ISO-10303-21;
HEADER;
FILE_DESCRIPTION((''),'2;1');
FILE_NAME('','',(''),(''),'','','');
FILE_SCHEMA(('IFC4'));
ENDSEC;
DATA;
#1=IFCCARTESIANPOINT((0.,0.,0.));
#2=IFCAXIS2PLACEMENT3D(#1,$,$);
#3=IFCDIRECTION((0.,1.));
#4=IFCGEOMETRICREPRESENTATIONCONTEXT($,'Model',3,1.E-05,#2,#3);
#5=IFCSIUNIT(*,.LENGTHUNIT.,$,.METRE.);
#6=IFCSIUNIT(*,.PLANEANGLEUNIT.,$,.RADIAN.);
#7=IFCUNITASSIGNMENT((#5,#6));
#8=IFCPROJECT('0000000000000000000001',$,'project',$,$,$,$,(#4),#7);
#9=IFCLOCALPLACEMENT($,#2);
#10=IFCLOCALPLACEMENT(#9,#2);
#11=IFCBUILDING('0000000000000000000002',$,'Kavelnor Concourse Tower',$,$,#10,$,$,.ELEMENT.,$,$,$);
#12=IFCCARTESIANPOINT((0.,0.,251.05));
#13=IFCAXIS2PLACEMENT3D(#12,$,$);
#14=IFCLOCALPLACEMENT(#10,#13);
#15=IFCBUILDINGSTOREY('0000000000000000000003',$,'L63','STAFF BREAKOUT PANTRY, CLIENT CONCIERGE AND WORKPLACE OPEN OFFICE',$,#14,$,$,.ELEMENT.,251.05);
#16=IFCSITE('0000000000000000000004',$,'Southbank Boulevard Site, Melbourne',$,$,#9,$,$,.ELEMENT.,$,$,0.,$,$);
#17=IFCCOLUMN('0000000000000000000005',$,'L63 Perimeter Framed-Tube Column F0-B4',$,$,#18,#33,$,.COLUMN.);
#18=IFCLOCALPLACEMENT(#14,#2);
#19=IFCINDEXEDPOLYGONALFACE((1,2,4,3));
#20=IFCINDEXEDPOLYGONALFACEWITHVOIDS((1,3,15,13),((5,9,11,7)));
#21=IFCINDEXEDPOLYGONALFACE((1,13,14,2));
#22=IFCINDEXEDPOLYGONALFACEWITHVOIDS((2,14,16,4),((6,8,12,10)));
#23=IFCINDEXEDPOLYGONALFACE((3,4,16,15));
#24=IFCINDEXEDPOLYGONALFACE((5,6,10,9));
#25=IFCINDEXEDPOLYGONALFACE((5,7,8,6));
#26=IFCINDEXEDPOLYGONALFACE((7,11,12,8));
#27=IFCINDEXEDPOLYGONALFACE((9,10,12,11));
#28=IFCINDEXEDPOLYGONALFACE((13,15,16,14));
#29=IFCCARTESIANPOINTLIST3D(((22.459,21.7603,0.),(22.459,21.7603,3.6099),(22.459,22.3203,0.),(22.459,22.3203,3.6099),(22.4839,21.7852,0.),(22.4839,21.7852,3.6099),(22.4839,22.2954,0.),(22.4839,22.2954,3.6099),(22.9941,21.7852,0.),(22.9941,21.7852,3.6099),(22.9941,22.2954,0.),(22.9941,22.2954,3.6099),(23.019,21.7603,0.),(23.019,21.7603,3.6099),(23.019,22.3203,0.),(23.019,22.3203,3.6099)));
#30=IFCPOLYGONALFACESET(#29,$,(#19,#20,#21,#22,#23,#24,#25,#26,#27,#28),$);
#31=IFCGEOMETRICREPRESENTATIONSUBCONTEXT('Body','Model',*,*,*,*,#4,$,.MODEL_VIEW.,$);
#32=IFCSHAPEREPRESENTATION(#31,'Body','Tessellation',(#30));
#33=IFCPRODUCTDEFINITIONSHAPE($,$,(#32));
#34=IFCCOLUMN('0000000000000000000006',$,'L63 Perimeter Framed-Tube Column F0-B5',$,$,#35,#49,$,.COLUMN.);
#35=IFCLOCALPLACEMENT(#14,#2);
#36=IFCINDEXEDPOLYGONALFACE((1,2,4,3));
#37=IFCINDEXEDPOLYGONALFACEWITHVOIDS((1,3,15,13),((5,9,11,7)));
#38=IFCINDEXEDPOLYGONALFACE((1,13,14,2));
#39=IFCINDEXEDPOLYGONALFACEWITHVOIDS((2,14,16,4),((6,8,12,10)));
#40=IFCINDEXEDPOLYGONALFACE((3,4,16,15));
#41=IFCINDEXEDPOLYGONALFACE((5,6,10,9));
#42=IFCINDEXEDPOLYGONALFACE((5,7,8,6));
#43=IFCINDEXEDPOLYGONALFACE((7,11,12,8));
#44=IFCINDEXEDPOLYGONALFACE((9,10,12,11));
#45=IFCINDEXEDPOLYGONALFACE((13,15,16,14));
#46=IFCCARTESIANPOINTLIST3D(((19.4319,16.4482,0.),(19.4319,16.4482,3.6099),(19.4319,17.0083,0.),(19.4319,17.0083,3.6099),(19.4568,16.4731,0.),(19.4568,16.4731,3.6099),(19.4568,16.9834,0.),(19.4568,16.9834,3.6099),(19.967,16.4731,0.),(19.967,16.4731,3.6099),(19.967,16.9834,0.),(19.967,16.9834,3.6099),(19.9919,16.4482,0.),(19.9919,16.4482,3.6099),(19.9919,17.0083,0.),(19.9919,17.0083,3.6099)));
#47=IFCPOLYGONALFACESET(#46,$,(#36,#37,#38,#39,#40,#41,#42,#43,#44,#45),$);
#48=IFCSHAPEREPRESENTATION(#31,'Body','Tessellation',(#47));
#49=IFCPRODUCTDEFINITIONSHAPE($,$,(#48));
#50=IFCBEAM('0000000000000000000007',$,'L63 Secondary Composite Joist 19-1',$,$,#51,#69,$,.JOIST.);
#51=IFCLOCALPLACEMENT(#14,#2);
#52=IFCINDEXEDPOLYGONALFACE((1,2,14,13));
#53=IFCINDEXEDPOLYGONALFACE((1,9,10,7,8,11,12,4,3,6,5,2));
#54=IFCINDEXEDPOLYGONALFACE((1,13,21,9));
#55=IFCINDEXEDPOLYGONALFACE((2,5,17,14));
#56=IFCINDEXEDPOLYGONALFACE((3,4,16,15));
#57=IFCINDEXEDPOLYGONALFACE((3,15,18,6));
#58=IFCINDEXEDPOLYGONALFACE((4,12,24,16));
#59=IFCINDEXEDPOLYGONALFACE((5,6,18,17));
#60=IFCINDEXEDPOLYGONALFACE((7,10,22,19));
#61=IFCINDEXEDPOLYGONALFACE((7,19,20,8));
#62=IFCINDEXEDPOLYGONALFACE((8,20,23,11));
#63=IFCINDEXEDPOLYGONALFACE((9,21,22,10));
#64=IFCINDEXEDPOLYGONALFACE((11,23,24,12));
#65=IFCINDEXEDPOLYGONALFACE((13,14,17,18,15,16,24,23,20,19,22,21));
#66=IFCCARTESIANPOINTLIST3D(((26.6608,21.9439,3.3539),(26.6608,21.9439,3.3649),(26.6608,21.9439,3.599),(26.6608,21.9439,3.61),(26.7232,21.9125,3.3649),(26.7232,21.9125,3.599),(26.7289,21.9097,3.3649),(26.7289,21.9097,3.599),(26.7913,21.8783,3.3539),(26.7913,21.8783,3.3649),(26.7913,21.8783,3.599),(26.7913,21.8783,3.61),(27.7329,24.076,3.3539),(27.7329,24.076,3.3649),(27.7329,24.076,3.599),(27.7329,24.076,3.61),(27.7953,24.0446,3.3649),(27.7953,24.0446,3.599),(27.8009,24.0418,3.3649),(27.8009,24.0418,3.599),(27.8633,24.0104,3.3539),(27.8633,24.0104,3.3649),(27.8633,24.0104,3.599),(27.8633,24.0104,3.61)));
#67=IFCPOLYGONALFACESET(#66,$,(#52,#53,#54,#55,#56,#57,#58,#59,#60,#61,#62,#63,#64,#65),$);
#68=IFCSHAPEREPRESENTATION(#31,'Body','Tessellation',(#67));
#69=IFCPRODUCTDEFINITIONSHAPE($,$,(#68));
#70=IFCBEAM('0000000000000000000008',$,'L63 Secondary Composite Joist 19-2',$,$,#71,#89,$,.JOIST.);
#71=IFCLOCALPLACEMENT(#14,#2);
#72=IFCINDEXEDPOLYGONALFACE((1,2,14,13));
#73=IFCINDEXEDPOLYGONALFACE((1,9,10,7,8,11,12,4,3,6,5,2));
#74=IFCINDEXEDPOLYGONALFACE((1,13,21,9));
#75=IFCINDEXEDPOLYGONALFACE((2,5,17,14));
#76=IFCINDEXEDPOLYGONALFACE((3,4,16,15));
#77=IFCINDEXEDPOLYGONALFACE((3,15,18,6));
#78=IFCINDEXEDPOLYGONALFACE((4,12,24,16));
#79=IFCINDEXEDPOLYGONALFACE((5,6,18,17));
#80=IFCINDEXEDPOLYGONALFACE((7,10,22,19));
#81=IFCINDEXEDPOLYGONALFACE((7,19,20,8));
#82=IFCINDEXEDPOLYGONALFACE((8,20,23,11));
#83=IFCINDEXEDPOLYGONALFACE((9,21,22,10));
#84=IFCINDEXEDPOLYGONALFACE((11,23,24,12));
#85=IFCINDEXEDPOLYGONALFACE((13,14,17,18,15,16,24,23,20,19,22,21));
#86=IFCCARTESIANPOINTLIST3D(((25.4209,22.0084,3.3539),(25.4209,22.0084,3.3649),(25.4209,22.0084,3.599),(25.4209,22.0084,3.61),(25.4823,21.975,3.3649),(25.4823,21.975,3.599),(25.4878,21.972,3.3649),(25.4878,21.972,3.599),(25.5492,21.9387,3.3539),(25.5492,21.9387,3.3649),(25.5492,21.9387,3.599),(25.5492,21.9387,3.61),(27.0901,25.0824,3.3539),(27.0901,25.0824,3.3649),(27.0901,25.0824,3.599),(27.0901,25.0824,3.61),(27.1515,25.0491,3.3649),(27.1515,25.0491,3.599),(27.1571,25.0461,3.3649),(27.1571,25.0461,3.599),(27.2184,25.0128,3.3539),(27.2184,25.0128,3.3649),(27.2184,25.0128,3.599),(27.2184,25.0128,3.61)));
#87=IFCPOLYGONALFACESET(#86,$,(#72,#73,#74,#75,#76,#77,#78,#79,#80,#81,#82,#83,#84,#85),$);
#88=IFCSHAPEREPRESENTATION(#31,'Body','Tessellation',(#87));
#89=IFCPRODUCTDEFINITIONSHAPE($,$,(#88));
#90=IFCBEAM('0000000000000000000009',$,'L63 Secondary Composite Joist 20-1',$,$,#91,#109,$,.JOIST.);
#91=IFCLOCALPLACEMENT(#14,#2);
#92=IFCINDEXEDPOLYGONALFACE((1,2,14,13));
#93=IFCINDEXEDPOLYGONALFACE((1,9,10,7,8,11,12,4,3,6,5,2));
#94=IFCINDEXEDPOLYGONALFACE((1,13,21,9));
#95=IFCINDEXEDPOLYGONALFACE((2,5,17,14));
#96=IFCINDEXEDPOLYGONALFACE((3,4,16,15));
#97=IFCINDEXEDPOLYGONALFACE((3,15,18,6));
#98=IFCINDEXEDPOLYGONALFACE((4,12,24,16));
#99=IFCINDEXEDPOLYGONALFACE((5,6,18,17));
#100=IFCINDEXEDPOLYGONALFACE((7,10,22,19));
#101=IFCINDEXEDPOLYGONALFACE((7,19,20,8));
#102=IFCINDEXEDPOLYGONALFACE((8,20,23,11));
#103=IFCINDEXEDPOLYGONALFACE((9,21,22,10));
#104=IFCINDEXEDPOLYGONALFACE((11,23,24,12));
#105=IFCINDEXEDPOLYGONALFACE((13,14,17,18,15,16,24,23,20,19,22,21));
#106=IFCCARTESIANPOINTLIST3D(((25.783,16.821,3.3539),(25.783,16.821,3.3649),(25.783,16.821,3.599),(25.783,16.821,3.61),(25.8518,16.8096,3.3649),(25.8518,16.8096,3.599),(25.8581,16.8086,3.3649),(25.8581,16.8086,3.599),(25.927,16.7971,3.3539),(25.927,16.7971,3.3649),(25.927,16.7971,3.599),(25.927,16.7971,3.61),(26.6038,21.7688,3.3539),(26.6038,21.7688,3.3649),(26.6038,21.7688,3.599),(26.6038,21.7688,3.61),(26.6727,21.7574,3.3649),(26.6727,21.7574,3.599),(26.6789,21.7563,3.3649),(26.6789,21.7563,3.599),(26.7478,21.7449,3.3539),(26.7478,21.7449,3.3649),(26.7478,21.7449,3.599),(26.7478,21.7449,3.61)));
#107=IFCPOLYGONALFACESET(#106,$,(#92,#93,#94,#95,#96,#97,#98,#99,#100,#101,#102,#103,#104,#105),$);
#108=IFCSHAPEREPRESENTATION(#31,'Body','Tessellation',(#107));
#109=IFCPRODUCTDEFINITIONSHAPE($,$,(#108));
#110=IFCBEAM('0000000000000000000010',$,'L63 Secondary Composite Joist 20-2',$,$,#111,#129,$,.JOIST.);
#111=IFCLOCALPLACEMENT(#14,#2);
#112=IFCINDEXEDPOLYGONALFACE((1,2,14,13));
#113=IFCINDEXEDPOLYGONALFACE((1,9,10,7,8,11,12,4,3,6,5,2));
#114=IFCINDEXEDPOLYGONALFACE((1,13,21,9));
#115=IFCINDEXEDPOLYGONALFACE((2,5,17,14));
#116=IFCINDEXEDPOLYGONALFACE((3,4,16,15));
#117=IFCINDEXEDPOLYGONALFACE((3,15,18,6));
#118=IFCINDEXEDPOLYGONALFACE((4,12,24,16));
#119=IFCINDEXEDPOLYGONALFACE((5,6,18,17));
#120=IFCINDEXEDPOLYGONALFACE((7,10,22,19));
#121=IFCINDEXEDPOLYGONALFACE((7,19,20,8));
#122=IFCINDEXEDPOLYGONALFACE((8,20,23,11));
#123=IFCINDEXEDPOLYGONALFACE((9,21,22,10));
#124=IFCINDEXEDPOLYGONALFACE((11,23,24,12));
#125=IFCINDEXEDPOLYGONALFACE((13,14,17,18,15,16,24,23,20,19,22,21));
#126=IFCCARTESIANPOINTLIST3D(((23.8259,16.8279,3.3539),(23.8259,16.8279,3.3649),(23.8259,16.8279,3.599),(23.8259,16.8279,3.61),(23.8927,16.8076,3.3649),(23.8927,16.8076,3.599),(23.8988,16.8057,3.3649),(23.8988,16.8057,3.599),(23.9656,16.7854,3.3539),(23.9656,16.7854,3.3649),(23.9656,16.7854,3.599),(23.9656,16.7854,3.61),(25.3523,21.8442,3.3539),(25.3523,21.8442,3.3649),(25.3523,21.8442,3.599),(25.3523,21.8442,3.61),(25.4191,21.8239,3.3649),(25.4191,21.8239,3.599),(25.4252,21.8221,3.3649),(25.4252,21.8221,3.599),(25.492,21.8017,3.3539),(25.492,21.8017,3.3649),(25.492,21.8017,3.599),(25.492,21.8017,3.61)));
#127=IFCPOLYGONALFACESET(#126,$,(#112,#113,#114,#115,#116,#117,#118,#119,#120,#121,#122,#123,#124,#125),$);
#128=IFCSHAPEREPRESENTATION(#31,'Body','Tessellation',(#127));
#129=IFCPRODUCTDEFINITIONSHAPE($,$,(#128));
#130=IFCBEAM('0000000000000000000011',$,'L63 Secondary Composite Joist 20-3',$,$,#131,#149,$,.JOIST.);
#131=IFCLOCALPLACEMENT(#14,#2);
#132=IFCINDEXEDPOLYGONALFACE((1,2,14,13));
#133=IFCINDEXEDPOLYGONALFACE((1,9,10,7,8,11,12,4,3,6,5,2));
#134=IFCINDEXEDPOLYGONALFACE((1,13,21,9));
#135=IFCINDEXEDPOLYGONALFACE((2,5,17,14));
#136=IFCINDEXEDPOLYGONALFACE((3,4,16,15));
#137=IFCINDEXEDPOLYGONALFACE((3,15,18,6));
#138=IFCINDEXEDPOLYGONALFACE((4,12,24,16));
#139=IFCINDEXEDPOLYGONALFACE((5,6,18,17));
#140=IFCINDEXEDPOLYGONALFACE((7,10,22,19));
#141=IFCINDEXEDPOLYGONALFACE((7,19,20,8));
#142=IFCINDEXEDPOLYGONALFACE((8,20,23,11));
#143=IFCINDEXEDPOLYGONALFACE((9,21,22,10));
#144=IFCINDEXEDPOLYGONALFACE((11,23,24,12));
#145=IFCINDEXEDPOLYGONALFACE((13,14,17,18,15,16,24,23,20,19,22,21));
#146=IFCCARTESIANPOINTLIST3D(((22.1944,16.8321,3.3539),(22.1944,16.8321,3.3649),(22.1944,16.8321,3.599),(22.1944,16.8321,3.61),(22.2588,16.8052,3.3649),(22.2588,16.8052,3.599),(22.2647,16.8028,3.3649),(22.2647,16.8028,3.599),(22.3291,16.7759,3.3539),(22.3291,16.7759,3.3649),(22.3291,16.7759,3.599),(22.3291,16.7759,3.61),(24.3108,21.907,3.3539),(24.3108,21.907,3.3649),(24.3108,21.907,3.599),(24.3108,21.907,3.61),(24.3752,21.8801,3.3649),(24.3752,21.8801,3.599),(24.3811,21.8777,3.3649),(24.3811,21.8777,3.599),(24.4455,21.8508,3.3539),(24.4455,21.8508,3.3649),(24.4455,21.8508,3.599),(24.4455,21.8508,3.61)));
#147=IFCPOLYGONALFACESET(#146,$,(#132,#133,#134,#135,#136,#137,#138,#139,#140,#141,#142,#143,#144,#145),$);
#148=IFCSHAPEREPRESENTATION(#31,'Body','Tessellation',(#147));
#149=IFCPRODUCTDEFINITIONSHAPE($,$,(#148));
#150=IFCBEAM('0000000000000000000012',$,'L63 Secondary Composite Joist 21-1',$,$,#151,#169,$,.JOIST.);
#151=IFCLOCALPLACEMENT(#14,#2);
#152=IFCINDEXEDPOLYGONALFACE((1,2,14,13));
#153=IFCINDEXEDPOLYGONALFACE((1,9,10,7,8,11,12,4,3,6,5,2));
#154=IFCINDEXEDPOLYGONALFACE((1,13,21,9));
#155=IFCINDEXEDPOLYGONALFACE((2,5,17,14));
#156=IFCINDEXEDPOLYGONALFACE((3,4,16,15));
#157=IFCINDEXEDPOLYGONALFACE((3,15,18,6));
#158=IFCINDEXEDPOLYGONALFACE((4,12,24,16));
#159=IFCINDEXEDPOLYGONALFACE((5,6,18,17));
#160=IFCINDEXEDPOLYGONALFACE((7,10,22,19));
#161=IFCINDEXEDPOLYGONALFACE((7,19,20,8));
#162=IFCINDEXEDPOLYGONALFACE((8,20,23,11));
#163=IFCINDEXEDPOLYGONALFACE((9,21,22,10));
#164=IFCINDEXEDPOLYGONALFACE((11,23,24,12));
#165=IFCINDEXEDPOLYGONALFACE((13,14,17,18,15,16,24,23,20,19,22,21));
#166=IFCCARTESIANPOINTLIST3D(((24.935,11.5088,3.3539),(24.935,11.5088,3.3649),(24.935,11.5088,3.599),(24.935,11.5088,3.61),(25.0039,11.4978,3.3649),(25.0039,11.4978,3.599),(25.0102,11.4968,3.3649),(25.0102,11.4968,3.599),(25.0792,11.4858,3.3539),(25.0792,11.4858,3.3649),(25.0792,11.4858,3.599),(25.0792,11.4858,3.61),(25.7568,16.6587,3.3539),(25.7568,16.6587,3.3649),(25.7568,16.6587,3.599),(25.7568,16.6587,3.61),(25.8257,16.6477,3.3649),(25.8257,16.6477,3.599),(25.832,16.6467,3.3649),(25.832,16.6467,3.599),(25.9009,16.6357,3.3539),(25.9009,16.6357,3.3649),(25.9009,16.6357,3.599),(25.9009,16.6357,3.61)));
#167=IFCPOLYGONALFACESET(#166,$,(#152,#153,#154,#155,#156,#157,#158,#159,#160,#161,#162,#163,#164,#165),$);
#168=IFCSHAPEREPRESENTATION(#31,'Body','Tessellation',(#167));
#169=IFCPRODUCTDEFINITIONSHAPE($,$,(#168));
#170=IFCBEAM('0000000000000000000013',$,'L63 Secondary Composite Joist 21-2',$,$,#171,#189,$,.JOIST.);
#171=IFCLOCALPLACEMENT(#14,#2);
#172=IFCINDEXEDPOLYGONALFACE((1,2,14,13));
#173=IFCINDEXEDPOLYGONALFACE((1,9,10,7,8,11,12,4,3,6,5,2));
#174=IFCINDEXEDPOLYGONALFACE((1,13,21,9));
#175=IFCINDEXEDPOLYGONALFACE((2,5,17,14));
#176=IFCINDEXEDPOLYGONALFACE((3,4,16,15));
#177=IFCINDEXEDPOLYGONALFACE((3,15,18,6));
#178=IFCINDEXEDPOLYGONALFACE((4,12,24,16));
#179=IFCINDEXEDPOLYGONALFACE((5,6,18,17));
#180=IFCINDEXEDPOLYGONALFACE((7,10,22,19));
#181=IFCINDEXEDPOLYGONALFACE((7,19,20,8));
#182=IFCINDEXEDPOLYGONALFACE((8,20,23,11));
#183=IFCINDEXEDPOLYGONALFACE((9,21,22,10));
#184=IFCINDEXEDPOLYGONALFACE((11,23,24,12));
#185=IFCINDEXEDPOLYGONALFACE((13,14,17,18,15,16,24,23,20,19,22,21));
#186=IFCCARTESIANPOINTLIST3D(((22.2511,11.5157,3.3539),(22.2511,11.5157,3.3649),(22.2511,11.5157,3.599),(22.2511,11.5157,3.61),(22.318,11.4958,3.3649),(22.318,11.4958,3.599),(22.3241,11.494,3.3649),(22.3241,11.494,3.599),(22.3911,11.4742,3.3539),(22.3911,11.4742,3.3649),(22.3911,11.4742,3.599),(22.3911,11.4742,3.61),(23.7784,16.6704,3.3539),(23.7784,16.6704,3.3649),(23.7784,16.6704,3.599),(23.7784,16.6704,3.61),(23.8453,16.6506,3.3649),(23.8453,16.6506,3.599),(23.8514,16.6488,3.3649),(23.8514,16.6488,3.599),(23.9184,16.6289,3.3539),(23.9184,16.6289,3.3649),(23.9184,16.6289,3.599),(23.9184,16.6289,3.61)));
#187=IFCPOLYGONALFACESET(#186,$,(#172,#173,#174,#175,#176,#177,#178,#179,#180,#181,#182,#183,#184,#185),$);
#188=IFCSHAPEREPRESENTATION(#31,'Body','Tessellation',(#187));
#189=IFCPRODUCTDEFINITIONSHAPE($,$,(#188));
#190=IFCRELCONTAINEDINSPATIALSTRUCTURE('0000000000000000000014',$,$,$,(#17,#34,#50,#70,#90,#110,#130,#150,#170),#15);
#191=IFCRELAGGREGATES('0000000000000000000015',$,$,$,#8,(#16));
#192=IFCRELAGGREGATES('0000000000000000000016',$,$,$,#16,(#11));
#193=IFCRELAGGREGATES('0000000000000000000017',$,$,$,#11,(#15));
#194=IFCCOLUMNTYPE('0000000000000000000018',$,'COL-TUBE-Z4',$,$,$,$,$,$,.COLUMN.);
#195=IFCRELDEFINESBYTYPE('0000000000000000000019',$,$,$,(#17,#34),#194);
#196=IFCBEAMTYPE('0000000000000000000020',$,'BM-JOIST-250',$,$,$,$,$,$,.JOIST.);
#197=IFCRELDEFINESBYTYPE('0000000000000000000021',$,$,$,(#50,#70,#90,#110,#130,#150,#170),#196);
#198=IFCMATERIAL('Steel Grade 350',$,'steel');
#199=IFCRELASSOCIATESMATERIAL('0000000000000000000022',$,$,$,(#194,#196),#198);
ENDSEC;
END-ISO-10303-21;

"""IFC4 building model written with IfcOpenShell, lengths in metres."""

from ifc_helpers import new_model, si_unit, direction, frame, origin, origin_2d, place, context, subcontext, project, spatial, hollow_rectangle, i_section, extrude, material, material_profile, profile_set, type_object, element, save


model = new_model("IFC4")

# Units and contexts
model_context = context("Model", 3, precision=1e-05, world=origin(), true_north=direction((0.0, 1.0)))
body_context = subcontext(model_context, "Body", "Model", "MODEL_VIEW")
ifc_project = project(units=[si_unit("LENGTHUNIT", "METRE"), si_unit("PLANEANGLEUNIT", "RADIAN")], contexts=[model_context])

# Site, building, storey
site_placement = place(None, origin())
site = spatial("IfcSite", under=ifc_project, at=site_placement, Name="Southbank Boulevard Site, Melbourne", CompositionType="ELEMENT", RefElevation=0.0)
building_placement = place(site_placement, origin())
building = spatial("IfcBuilding", under=site, at=building_placement, Name="Kavelnor Concourse Tower", CompositionType="ELEMENT")
storey_placement = place(building_placement, frame((0.0, 0.0, 251.05)))
storey = spatial("IfcBuildingStorey", under=building, at=storey_placement, Name="L63", Description="STAFF BREAKOUT PANTRY, CLIENT CONCIERGE AND WORKPLACE OPEN OFFICE", CompositionType="ELEMENT", Elevation=251.05)

# Columns
ifc_material_1 = material(Name="Steel Grade 350", Category="steel")
ifc_material_profile_1 = material_profile(ifc_material_1, hollow_rectangle(XDim=0.5601, YDim=0.5601, WallThickness=0.0249, at=origin_2d()), Name="SHS 560x560x25")
ifc_profile_set_1 = profile_set([ifc_material_profile_1], Name="Steel Grade 350")
column_type = type_object("IfcColumnType", Name="COL-TUBE-Z4", PredefinedType="COLUMN", material=ifc_profile_set_1)
for number, where, z_axis, x_axis, name in (
    (1, (22.739, 22.0403, 0.0), (0.0, 0.0, 1.0), (1.0, 0.0, 0.0), "L63 Perimeter Framed-Tube Column F0-B4"),
    (2, (19.7119, 16.7283, 0.0), (0.0, 0.0, 1.0), (1.0, 0.0, 0.0), "L63 Perimeter Framed-Tube Column F0-B5"),
):
    element("IfcColumn", number, at=place(storey_placement, frame(where, z_axis=z_axis, x_axis=x_axis)), inside=storey, type_object=column_type, Name=name, PredefinedType="COLUMN", context=body_context, shape_type="SweptSolid", body=[
        extrude(hollow_rectangle(XDim=0.5601, YDim=0.5601, WallThickness=0.0249, at=origin_2d()), origin(), (0.0, 0.0, 1.0), 3.6099),
    ])

# Beams
ifc_material_profile_2 = material_profile(ifc_material_1, i_section(OverallWidth=0.146, OverallDepth=0.2561, WebThickness=0.0063, FlangeThickness=0.011, at=origin_2d()), Name="250UB37")
ifc_profile_set_2 = profile_set([ifc_material_profile_2], Name="Steel Grade 350")
beam_type_1 = type_object("IfcBeamType", Name="BM-JOIST-250", PredefinedType="JOIST", material=ifc_profile_set_2)
beam_1_placement = place(storey_placement, frame((27.7981, 24.0432, 3.4819), z_axis=(-0.449218, -0.893422, 0.0), x_axis=(0.893422, -0.449218, 0.0)))
element("IfcBeam", 3, at=beam_1_placement, inside=storey, type_object=beam_type_1, Name="L63 Secondary Composite Joist 19-1", PredefinedType="JOIST", context=body_context, shape_type="SweptSolid", body=[
    extrude(i_section(OverallWidth=0.146, OverallDepth=0.2561, WebThickness=0.0063, FlangeThickness=0.011, at=origin_2d()), origin(), (0.0, 0.0, 1.0), 2.3865),
])
beam_2_placement = place(storey_placement, frame((27.1543, 25.0476, 3.4819), z_axis=(-0.477194, -0.878798, 0.0), x_axis=(0.878798, -0.477194, 0.0)))
element("IfcBeam", 4, at=beam_2_placement, inside=storey, type_object=beam_type_1, Name="L63 Secondary Composite Joist 19-2", PredefinedType="JOIST", context=body_context, shape_type="SweptSolid", body=[
    extrude(i_section(OverallWidth=0.146, OverallDepth=0.2561, WebThickness=0.0063, FlangeThickness=0.011, at=origin_2d()), origin(), (0.0, 0.0, 1.0), 3.498),
])
beam_3_placement = place(storey_placement, frame((26.6758, 21.7568, 3.4819), z_axis=(-0.163657, -0.986517, 0.0), x_axis=(0.986517, -0.163657, 0.0)))
element("IfcBeam", 5, at=beam_3_placement, inside=storey, type_object=beam_type_1, Name="L63 Secondary Composite Joist 20-1", PredefinedType="JOIST", context=body_context, shape_type="SweptSolid", body=[
    extrude(i_section(OverallWidth=0.146, OverallDepth=0.2561, WebThickness=0.0063, FlangeThickness=0.011, at=origin_2d()), origin(), (0.0, 0.0, 1.0), 5.0154),
])
beam_4_placement = place(storey_placement, frame((25.4221, 21.823, 3.4819), z_axis=(-0.2911, -0.956692, 0.0), x_axis=(0.956692, -0.2911, 0.0)))
element("IfcBeam", 6, at=beam_4_placement, inside=storey, type_object=beam_type_1, Name="L63 Secondary Composite Joist 20-2", PredefinedType="JOIST", context=body_context, shape_type="SweptSolid", body=[
    extrude(i_section(OverallWidth=0.146, OverallDepth=0.2561, WebThickness=0.0063, FlangeThickness=0.011, at=origin_2d()), origin(), (0.0, 0.0, 1.0), 5.2434),
])
beam_5_placement = place(storey_placement, frame((24.3782, 21.8789, 3.4819), z_axis=(-0.384909, -0.922955, 0.0), x_axis=(0.922955, -0.384909, 0.0)))
element("IfcBeam", 7, at=beam_5_placement, inside=storey, type_object=beam_type_1, Name="L63 Secondary Composite Joist 20-3", PredefinedType="JOIST", context=body_context, shape_type="SweptSolid", body=[
    extrude(i_section(OverallWidth=0.146, OverallDepth=0.2561, WebThickness=0.0063, FlangeThickness=0.011, at=origin_2d()), origin(), (0.0, 0.0, 1.0), 5.4985),
])
beam_6_placement = place(storey_placement, frame((25.8289, 16.6472, 3.4819), z_axis=(-0.157578, -0.987507, 0.0), x_axis=(0.987507, -0.157578, 0.0)))
element("IfcBeam", 8, at=beam_6_placement, inside=storey, type_object=beam_type_1, Name="L63 Secondary Composite Joist 21-1", PredefinedType="JOIST", context=body_context, shape_type="SweptSolid", body=[
    extrude(i_section(OverallWidth=0.146, OverallDepth=0.2561, WebThickness=0.0063, FlangeThickness=0.011, at=origin_2d()), origin(), (0.0, 0.0, 1.0), 5.2151),
])
beam_7_placement = place(storey_placement, frame((23.8484, 16.6497, 3.4819), z_axis=(-0.284088, -0.958798, 0.0), x_axis=(0.958798, -0.284088, 0.0)))
element("IfcBeam", 9, at=beam_7_placement, inside=storey, type_object=beam_type_1, Name="L63 Secondary Composite Joist 21-2", PredefinedType="JOIST", context=body_context, shape_type="SweptSolid", body=[
    extrude(i_section(OverallWidth=0.146, OverallDepth=0.2561, WebThickness=0.0063, FlangeThickness=0.011, at=origin_2d()), origin(), (0.0, 0.0, 1.0), 5.3762),
])

save(model, "model.ifc")
